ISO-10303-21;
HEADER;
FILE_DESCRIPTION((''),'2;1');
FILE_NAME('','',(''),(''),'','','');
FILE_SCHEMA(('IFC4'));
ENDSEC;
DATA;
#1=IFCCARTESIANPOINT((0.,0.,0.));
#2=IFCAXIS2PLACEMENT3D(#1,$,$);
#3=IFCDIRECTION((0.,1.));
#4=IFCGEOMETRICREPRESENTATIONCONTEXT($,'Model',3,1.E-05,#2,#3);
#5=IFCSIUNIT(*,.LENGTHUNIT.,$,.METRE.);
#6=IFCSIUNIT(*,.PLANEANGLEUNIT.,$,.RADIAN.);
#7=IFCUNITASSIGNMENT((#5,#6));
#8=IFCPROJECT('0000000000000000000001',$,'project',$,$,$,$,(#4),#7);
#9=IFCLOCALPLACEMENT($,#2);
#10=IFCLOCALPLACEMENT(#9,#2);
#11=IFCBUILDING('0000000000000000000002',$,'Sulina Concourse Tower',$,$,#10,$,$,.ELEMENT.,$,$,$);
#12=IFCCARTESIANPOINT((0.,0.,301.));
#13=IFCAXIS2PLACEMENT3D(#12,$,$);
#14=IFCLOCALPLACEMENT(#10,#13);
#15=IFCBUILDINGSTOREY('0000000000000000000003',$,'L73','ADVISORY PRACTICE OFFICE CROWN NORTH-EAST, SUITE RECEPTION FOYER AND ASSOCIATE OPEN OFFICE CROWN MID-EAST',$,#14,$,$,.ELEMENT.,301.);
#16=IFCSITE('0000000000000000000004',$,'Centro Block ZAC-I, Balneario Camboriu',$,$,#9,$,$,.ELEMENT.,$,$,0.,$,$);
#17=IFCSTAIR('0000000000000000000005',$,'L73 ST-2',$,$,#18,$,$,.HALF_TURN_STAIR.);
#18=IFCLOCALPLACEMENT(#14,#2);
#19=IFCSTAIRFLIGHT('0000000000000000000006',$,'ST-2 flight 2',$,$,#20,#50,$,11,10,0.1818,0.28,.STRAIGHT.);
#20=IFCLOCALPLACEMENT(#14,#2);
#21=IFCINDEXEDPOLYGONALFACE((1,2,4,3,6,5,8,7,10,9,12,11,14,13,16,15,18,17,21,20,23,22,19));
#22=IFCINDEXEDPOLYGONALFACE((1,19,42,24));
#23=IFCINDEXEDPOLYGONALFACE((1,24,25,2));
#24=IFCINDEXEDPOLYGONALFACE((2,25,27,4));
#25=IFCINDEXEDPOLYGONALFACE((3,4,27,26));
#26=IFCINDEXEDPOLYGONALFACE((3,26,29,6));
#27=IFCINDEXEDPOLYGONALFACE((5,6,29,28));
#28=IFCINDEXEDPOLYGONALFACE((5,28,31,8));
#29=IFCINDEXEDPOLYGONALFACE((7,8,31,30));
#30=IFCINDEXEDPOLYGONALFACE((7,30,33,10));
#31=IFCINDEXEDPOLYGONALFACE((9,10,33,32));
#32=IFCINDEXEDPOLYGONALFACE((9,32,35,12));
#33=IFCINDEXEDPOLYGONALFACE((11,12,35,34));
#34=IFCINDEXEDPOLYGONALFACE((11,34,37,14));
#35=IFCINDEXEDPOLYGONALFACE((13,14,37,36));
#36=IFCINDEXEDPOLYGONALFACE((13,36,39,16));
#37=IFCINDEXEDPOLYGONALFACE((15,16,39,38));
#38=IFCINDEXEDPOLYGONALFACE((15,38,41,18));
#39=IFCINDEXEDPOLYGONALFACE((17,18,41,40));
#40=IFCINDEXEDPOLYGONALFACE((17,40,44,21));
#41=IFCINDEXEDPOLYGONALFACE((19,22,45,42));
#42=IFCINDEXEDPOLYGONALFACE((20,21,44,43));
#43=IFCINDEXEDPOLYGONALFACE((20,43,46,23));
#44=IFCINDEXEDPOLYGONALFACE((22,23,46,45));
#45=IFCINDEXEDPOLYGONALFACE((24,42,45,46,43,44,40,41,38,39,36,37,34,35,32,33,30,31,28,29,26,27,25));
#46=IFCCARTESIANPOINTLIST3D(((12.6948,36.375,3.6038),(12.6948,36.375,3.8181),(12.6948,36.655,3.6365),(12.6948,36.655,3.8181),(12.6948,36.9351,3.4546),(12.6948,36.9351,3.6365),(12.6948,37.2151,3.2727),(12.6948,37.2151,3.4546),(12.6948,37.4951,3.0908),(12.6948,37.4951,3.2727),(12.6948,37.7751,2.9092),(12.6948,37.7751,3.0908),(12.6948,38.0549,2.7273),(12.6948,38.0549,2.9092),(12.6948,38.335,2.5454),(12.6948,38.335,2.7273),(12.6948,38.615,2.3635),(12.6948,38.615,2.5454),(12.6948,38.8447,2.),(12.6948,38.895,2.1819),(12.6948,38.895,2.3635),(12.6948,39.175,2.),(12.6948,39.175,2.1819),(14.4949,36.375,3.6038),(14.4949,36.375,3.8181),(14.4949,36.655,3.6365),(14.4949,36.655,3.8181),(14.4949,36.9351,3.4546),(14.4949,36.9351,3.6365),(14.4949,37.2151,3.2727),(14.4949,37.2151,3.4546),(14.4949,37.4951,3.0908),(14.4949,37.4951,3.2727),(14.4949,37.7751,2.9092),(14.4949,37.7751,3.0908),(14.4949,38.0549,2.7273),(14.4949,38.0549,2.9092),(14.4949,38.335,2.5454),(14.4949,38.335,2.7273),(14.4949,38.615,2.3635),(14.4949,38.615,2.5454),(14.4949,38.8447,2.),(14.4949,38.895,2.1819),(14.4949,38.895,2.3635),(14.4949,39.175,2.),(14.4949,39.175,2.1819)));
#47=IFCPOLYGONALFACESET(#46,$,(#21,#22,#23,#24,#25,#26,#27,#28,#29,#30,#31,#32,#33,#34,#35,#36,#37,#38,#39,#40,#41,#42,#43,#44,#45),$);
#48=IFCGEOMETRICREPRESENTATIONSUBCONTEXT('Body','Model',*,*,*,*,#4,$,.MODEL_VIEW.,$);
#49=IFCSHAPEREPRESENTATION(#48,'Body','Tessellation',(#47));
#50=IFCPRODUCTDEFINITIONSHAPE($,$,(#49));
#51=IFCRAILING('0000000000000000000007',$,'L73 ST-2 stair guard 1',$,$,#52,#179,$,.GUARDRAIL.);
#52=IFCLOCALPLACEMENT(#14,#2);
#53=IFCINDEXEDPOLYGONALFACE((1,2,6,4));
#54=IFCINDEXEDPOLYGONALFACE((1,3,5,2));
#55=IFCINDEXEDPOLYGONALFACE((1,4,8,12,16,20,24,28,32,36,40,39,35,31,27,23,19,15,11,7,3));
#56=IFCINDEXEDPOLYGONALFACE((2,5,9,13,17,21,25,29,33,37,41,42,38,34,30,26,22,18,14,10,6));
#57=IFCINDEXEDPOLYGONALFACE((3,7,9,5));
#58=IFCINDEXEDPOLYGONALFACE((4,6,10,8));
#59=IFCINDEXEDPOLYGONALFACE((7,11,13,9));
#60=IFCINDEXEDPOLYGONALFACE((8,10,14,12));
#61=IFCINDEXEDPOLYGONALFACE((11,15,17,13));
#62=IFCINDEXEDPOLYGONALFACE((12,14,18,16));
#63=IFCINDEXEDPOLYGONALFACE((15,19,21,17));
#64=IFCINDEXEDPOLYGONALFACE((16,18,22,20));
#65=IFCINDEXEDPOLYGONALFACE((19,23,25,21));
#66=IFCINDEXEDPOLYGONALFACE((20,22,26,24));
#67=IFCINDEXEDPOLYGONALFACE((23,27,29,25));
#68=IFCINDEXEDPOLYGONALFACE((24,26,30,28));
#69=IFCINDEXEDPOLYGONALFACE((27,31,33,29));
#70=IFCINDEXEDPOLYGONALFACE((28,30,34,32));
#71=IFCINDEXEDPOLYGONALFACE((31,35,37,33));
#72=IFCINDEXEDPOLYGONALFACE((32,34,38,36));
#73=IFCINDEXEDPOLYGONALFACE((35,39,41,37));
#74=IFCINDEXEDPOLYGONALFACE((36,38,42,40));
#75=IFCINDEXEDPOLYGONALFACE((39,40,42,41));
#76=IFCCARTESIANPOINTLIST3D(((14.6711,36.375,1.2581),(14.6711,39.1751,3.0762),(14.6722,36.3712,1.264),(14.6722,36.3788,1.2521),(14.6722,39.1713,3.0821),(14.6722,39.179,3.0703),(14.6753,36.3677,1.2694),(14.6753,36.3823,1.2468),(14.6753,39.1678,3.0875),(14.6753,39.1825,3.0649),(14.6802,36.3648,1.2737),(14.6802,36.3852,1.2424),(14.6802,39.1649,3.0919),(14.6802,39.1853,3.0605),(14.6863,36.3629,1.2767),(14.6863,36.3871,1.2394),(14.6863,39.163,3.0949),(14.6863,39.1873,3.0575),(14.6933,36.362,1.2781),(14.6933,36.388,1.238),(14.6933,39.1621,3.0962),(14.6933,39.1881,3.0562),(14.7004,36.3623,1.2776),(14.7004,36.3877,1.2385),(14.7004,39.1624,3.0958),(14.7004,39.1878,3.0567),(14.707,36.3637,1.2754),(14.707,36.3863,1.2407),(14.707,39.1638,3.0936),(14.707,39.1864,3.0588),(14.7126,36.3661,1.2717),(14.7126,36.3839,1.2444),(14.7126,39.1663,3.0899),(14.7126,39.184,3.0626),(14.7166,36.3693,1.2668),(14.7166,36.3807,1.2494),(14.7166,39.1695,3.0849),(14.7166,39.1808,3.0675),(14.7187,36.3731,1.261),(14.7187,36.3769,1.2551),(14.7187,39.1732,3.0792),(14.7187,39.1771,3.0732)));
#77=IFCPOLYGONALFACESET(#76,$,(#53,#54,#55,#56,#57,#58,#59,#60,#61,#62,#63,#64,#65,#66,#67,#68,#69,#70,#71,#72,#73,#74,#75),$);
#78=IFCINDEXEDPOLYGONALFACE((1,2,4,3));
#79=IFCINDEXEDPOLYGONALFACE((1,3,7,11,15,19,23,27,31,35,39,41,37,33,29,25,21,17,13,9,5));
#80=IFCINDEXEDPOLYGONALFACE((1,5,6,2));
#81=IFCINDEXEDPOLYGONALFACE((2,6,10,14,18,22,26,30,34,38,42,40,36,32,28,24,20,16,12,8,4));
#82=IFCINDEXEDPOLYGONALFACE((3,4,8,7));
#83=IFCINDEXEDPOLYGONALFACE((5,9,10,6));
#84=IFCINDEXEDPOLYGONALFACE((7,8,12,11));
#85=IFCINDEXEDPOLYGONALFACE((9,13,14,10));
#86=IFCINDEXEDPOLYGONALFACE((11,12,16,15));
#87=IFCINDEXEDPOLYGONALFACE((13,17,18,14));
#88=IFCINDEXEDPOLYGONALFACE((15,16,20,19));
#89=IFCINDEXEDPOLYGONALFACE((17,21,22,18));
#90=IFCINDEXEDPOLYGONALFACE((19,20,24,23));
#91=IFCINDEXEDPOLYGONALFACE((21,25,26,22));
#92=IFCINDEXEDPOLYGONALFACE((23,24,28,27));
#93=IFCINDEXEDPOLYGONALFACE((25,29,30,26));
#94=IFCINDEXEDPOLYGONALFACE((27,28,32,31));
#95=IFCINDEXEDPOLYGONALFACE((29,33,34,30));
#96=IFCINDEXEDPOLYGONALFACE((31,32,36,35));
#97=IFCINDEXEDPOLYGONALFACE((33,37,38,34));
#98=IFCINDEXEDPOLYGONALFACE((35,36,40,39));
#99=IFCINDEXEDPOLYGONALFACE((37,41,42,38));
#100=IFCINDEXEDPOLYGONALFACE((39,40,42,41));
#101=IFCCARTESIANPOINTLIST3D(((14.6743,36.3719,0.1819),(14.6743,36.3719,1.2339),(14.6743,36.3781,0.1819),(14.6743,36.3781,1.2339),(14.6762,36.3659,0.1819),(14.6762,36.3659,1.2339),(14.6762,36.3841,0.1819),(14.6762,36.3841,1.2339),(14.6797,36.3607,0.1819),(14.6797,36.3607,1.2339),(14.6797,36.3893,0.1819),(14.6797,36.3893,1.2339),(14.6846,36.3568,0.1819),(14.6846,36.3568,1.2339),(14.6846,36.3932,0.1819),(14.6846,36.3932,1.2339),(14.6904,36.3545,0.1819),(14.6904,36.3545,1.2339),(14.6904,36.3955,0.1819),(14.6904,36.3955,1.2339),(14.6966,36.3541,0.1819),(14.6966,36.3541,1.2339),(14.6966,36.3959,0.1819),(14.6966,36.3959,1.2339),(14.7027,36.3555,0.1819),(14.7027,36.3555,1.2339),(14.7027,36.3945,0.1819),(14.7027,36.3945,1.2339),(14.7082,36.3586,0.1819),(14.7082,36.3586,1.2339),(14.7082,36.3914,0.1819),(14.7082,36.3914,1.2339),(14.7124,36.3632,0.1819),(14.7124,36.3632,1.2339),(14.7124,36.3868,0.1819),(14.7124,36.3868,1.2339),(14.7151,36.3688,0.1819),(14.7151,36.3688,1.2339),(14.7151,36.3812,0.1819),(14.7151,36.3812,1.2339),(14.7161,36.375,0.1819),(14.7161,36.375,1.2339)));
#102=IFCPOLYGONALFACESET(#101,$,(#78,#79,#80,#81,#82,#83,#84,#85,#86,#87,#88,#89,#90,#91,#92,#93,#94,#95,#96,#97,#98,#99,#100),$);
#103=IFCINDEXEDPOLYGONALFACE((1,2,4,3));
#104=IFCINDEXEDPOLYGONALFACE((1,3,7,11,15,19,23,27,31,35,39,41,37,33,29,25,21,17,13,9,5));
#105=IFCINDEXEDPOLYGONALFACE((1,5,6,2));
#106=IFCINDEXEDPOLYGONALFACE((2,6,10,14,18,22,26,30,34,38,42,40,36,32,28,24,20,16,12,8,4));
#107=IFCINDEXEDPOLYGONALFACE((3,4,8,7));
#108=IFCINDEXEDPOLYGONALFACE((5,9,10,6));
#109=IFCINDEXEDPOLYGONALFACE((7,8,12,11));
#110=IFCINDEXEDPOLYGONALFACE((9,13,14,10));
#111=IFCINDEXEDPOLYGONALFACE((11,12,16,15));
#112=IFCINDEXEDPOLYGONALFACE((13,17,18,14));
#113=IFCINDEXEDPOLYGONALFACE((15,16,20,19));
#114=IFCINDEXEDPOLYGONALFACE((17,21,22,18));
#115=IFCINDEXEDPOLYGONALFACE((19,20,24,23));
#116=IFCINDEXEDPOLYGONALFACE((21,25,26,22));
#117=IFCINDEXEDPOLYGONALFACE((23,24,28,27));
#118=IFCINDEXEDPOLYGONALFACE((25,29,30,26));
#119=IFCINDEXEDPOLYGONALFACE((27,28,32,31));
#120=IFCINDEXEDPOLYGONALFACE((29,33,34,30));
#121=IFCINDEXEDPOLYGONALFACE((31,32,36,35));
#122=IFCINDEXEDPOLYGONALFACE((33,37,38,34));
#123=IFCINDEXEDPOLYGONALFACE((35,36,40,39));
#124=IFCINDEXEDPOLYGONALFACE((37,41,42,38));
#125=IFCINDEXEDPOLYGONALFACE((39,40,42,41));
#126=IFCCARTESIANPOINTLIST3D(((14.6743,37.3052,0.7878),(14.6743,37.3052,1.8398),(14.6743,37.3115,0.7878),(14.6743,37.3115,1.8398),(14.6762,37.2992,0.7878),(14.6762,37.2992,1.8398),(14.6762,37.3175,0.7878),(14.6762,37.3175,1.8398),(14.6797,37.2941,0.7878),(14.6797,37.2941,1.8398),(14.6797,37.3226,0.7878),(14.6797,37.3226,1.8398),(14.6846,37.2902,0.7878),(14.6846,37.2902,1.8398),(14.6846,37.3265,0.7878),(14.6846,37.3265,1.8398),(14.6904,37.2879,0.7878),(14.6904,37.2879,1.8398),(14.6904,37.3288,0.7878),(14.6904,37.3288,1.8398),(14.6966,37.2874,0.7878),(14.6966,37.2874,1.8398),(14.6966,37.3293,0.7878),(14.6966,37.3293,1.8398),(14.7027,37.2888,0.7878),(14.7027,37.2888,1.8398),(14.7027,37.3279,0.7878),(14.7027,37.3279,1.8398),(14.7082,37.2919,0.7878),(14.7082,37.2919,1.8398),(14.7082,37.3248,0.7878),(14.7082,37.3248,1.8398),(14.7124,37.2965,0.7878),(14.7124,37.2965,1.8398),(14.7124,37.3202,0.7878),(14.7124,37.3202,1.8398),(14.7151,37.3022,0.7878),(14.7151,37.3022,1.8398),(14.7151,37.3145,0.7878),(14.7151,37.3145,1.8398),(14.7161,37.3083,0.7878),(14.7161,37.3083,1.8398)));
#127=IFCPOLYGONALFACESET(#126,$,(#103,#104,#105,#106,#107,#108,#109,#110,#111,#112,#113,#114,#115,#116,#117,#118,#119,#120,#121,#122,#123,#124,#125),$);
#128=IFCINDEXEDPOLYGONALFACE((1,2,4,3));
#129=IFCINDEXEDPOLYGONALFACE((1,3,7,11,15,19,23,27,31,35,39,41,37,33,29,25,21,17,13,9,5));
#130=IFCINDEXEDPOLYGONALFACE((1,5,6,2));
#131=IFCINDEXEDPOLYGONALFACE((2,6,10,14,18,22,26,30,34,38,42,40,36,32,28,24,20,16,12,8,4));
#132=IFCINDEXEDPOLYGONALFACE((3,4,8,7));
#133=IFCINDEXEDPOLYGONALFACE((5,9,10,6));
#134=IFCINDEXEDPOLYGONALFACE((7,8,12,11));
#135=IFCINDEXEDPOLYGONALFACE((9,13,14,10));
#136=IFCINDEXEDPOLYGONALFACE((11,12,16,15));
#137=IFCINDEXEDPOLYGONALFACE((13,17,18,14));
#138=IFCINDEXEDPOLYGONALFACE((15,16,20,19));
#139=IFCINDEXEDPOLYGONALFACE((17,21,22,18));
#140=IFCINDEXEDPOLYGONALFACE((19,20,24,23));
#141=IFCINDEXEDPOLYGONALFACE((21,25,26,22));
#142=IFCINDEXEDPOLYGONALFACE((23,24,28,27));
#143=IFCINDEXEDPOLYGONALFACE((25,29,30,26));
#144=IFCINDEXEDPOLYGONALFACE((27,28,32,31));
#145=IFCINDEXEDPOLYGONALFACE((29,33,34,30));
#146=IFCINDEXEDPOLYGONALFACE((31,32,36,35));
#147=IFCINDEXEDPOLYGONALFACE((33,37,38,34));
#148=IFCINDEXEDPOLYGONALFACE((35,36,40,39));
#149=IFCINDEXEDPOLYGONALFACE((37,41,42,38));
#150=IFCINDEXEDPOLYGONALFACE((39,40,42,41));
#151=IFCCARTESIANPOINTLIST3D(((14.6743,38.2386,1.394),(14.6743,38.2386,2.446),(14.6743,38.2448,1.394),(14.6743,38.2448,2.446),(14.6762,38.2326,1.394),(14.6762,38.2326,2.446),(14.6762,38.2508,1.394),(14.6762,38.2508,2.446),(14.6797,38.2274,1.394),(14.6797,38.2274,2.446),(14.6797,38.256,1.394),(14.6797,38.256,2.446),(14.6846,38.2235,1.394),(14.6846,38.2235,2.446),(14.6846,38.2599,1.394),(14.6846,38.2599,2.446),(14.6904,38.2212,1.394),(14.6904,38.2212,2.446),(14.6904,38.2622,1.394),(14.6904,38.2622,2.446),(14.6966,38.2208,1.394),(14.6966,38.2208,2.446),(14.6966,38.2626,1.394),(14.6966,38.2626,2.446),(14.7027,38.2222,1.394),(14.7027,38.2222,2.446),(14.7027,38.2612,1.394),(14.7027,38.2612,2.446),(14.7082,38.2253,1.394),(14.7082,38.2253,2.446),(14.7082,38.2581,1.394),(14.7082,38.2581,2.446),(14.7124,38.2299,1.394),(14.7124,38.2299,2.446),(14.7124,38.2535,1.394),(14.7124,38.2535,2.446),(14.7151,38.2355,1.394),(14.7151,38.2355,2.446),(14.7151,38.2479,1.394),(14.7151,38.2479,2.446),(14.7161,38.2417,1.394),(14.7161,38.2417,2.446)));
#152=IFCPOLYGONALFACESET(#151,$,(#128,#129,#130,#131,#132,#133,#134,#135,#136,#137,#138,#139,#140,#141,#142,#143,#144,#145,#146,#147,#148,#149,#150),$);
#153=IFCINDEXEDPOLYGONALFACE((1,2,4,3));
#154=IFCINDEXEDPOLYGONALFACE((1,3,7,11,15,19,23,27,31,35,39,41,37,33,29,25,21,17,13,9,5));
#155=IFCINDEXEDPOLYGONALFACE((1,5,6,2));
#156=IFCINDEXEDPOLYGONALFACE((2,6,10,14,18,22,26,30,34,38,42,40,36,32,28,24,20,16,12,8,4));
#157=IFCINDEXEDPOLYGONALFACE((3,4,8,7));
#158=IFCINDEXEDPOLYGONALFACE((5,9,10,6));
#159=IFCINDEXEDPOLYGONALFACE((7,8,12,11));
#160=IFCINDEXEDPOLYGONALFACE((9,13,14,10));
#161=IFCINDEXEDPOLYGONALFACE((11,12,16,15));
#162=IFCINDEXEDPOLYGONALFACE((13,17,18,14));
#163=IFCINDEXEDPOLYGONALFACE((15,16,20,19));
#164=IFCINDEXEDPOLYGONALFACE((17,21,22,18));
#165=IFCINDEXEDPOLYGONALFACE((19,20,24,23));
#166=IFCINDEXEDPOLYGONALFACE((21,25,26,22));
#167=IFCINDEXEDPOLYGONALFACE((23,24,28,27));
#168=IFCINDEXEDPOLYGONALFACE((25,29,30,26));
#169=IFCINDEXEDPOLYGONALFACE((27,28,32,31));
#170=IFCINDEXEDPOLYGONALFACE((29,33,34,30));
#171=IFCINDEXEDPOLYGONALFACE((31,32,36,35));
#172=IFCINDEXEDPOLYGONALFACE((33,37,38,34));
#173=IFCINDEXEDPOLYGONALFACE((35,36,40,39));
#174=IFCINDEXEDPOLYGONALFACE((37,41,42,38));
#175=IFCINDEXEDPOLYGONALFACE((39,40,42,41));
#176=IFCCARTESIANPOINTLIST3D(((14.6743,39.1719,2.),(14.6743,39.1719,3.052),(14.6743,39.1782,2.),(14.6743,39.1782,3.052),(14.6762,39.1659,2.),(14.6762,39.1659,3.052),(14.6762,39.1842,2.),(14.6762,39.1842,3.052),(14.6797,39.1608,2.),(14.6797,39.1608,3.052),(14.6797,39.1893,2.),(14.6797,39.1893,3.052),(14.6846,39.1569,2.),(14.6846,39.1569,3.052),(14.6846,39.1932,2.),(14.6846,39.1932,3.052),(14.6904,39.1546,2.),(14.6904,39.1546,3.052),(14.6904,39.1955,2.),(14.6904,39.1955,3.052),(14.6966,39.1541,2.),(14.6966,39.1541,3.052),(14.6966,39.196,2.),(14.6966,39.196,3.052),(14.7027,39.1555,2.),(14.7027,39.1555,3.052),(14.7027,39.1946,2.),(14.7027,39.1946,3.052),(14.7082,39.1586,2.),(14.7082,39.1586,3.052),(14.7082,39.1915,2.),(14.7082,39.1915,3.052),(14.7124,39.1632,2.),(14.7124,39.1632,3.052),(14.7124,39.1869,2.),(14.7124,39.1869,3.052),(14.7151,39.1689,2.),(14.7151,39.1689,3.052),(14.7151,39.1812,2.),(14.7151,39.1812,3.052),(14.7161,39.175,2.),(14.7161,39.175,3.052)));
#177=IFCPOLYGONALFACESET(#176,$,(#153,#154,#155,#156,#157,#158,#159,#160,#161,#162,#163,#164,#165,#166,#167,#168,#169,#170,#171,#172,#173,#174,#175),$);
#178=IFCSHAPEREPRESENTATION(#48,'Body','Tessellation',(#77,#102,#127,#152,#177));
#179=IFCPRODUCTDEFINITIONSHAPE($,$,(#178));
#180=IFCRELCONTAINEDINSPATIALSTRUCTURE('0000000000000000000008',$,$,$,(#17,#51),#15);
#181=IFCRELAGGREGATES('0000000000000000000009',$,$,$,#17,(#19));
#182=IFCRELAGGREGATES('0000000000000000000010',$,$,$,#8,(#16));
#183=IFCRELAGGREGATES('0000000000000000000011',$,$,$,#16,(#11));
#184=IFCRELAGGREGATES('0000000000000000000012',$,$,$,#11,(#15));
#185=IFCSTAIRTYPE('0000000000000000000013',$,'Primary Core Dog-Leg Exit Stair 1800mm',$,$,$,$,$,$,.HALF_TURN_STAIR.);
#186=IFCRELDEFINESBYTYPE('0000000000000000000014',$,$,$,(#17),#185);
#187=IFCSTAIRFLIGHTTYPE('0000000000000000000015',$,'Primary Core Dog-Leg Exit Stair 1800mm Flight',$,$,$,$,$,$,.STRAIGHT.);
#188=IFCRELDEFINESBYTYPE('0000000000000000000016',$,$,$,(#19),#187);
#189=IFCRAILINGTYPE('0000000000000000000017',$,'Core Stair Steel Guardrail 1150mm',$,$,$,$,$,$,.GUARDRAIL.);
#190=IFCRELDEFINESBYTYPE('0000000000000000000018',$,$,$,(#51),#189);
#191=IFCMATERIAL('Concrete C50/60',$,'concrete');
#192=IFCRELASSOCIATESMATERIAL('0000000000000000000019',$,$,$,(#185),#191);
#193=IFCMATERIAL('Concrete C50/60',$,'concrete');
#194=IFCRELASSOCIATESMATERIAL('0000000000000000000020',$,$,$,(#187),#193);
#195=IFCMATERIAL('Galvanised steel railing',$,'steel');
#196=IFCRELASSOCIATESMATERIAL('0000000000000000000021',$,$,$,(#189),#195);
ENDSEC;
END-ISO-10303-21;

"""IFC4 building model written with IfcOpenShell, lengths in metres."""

from ifc_helpers import new_model, si_unit, direction, frame, origin, origin_2d, place, context, subcontext, project, spatial, polyline, circle, outline, extrude, material, type_object, element, aggregate, save


model = new_model("IFC4")

# Units and contexts
model_context = context("Model", 3, precision=1e-05, world=origin(), true_north=direction((0.0, 1.0)))
body_context = subcontext(model_context, "Body", "Model", "MODEL_VIEW")
ifc_project = project(units=[si_unit("LENGTHUNIT", "METRE"), si_unit("PLANEANGLEUNIT", "RADIAN")], contexts=[model_context])

# Site, building, storey
site_placement = place(None, origin())
site = spatial("IfcSite", under=ifc_project, at=site_placement, Name="Centro Block ZAC-I, Balneario Camboriu", CompositionType="ELEMENT", RefElevation=0.0)
building_placement = place(site_placement, origin())
building = spatial("IfcBuilding", under=site, at=building_placement, Name="Sulina Concourse Tower", CompositionType="ELEMENT")
storey_placement = place(building_placement, frame((0.0, 0.0, 301.0)))
storey = spatial("IfcBuildingStorey", under=building, at=storey_placement, Name="L73", Description="ADVISORY PRACTICE OFFICE CROWN NORTH-EAST, SUITE RECEPTION FOYER AND ASSOCIATE OPEN OFFICE CROWN MID-EAST", CompositionType="ELEMENT", Elevation=301.0)

# Stair, stair flight
ifc_material_1 = material(Name="Concrete C50/60", Category="concrete")
stair_type = type_object("IfcStairType", Name="Primary Core Dog-Leg Exit Stair 1800mm", PredefinedType="HALF_TURN_STAIR", material=ifc_material_1)
stair_placement = place(storey_placement, origin())
stair = element("IfcStair", 1, at=stair_placement, inside=storey, type_object=stair_type, Name="L73 ST-2", PredefinedType="HALF_TURN_STAIR")
ifc_material_2 = material(Name="Concrete C50/60", Category="concrete")
stair_flight_type = type_object("IfcStairFlightType", Name="Primary Core Dog-Leg Exit Stair 1800mm Flight", PredefinedType="STRAIGHT", material=ifc_material_2)
stair_flight_1_placement = place(storey_placement, frame((13.595, 39.175, 2.0), z_axis=(0.0, 0.0, 1.0), x_axis=(0.0, -1.0, 0.0)))
stair_flight_1 = element("IfcStairFlight", 2, at=stair_flight_1_placement, type_object=stair_flight_type, Name="ST-2 flight 2", NumberOfRisers=11, NumberOfTreads=10, PredefinedType="STRAIGHT", RiserHeight=0.1818, TreadLength=0.28, context=body_context, shape_type="SweptSolid", body=[
    extrude(outline(polyline([(0.0, 0.0), (0.0, 0.1819), (0.28, 0.1819), (0.28, 0.3635), (0.5601, 0.3635), (0.5601, 0.5454), (0.8401, 0.5454), (0.8401, 0.7273), (1.1201, 0.7273), (1.1201, 0.9092), (1.3999, 0.9092), (1.3999, 1.0908), (1.6799, 1.0908), (1.6799, 1.2727), (1.96, 1.2727), (1.96, 1.4546), (2.24, 1.4546), (2.24, 1.6365), (2.52, 1.6365), (2.52, 1.8181), (2.8, 1.8181), (2.8, 2.0), (2.8, 1.6038), (0.3303, 0.0), (0.0, 0.0)])), frame((0.0, 0.8999, 0.0), z_axis=(0.0, -1.0, 0.0), x_axis=(1.0, 0.0, 0.0)), (0.0, 0.0, 1.0), 1.8),
])
aggregate(stair, [stair_flight_1])

# Railing
ifc_material_3 = material(Name="Galvanised steel railing", Category="steel")
railing_type_1 = type_object("IfcRailingType", Name="Core Stair Steel Guardrail 1150mm", PredefinedType="GUARDRAIL", material=ifc_material_3)
railing_1_placement = place(storey_placement, frame((14.6951, 36.375, 0.1819)))
element("IfcRailing", 3, at=railing_1_placement, inside=storey, type_object=railing_type_1, Name="L73 ST-2 stair guard 1", PredefinedType="GUARDRAIL", context=body_context, shape_type="SweptSolid", body=[
    extrude(circle(Radius=0.0239, at=origin_2d()), frame((0.0, 0.0, 1.0762), z_axis=(0.0, 0.838706, 0.544585), x_axis=(-1.0, 0.0, 0.0)), (0.0, 0.0, 1.0), 3.3386),
    extrude(circle(Radius=0.021, at=origin_2d()), origin(), (0.0, 0.0, 1.0), 1.052),
    extrude(circle(Radius=0.021, at=origin_2d()), frame((0.0, 0.9333, 0.606)), (0.0, 0.0, 1.0), 1.052),
    extrude(circle(Radius=0.021, at=origin_2d()), frame((0.0, 1.8667, 1.2122)), (0.0, 0.0, 1.0), 1.052),
    extrude(circle(Radius=0.021, at=origin_2d()), frame((0.0, 2.8, 1.8181)), (0.0, 0.0, 1.0), 1.052),
])

save(model, "model.ifc")
